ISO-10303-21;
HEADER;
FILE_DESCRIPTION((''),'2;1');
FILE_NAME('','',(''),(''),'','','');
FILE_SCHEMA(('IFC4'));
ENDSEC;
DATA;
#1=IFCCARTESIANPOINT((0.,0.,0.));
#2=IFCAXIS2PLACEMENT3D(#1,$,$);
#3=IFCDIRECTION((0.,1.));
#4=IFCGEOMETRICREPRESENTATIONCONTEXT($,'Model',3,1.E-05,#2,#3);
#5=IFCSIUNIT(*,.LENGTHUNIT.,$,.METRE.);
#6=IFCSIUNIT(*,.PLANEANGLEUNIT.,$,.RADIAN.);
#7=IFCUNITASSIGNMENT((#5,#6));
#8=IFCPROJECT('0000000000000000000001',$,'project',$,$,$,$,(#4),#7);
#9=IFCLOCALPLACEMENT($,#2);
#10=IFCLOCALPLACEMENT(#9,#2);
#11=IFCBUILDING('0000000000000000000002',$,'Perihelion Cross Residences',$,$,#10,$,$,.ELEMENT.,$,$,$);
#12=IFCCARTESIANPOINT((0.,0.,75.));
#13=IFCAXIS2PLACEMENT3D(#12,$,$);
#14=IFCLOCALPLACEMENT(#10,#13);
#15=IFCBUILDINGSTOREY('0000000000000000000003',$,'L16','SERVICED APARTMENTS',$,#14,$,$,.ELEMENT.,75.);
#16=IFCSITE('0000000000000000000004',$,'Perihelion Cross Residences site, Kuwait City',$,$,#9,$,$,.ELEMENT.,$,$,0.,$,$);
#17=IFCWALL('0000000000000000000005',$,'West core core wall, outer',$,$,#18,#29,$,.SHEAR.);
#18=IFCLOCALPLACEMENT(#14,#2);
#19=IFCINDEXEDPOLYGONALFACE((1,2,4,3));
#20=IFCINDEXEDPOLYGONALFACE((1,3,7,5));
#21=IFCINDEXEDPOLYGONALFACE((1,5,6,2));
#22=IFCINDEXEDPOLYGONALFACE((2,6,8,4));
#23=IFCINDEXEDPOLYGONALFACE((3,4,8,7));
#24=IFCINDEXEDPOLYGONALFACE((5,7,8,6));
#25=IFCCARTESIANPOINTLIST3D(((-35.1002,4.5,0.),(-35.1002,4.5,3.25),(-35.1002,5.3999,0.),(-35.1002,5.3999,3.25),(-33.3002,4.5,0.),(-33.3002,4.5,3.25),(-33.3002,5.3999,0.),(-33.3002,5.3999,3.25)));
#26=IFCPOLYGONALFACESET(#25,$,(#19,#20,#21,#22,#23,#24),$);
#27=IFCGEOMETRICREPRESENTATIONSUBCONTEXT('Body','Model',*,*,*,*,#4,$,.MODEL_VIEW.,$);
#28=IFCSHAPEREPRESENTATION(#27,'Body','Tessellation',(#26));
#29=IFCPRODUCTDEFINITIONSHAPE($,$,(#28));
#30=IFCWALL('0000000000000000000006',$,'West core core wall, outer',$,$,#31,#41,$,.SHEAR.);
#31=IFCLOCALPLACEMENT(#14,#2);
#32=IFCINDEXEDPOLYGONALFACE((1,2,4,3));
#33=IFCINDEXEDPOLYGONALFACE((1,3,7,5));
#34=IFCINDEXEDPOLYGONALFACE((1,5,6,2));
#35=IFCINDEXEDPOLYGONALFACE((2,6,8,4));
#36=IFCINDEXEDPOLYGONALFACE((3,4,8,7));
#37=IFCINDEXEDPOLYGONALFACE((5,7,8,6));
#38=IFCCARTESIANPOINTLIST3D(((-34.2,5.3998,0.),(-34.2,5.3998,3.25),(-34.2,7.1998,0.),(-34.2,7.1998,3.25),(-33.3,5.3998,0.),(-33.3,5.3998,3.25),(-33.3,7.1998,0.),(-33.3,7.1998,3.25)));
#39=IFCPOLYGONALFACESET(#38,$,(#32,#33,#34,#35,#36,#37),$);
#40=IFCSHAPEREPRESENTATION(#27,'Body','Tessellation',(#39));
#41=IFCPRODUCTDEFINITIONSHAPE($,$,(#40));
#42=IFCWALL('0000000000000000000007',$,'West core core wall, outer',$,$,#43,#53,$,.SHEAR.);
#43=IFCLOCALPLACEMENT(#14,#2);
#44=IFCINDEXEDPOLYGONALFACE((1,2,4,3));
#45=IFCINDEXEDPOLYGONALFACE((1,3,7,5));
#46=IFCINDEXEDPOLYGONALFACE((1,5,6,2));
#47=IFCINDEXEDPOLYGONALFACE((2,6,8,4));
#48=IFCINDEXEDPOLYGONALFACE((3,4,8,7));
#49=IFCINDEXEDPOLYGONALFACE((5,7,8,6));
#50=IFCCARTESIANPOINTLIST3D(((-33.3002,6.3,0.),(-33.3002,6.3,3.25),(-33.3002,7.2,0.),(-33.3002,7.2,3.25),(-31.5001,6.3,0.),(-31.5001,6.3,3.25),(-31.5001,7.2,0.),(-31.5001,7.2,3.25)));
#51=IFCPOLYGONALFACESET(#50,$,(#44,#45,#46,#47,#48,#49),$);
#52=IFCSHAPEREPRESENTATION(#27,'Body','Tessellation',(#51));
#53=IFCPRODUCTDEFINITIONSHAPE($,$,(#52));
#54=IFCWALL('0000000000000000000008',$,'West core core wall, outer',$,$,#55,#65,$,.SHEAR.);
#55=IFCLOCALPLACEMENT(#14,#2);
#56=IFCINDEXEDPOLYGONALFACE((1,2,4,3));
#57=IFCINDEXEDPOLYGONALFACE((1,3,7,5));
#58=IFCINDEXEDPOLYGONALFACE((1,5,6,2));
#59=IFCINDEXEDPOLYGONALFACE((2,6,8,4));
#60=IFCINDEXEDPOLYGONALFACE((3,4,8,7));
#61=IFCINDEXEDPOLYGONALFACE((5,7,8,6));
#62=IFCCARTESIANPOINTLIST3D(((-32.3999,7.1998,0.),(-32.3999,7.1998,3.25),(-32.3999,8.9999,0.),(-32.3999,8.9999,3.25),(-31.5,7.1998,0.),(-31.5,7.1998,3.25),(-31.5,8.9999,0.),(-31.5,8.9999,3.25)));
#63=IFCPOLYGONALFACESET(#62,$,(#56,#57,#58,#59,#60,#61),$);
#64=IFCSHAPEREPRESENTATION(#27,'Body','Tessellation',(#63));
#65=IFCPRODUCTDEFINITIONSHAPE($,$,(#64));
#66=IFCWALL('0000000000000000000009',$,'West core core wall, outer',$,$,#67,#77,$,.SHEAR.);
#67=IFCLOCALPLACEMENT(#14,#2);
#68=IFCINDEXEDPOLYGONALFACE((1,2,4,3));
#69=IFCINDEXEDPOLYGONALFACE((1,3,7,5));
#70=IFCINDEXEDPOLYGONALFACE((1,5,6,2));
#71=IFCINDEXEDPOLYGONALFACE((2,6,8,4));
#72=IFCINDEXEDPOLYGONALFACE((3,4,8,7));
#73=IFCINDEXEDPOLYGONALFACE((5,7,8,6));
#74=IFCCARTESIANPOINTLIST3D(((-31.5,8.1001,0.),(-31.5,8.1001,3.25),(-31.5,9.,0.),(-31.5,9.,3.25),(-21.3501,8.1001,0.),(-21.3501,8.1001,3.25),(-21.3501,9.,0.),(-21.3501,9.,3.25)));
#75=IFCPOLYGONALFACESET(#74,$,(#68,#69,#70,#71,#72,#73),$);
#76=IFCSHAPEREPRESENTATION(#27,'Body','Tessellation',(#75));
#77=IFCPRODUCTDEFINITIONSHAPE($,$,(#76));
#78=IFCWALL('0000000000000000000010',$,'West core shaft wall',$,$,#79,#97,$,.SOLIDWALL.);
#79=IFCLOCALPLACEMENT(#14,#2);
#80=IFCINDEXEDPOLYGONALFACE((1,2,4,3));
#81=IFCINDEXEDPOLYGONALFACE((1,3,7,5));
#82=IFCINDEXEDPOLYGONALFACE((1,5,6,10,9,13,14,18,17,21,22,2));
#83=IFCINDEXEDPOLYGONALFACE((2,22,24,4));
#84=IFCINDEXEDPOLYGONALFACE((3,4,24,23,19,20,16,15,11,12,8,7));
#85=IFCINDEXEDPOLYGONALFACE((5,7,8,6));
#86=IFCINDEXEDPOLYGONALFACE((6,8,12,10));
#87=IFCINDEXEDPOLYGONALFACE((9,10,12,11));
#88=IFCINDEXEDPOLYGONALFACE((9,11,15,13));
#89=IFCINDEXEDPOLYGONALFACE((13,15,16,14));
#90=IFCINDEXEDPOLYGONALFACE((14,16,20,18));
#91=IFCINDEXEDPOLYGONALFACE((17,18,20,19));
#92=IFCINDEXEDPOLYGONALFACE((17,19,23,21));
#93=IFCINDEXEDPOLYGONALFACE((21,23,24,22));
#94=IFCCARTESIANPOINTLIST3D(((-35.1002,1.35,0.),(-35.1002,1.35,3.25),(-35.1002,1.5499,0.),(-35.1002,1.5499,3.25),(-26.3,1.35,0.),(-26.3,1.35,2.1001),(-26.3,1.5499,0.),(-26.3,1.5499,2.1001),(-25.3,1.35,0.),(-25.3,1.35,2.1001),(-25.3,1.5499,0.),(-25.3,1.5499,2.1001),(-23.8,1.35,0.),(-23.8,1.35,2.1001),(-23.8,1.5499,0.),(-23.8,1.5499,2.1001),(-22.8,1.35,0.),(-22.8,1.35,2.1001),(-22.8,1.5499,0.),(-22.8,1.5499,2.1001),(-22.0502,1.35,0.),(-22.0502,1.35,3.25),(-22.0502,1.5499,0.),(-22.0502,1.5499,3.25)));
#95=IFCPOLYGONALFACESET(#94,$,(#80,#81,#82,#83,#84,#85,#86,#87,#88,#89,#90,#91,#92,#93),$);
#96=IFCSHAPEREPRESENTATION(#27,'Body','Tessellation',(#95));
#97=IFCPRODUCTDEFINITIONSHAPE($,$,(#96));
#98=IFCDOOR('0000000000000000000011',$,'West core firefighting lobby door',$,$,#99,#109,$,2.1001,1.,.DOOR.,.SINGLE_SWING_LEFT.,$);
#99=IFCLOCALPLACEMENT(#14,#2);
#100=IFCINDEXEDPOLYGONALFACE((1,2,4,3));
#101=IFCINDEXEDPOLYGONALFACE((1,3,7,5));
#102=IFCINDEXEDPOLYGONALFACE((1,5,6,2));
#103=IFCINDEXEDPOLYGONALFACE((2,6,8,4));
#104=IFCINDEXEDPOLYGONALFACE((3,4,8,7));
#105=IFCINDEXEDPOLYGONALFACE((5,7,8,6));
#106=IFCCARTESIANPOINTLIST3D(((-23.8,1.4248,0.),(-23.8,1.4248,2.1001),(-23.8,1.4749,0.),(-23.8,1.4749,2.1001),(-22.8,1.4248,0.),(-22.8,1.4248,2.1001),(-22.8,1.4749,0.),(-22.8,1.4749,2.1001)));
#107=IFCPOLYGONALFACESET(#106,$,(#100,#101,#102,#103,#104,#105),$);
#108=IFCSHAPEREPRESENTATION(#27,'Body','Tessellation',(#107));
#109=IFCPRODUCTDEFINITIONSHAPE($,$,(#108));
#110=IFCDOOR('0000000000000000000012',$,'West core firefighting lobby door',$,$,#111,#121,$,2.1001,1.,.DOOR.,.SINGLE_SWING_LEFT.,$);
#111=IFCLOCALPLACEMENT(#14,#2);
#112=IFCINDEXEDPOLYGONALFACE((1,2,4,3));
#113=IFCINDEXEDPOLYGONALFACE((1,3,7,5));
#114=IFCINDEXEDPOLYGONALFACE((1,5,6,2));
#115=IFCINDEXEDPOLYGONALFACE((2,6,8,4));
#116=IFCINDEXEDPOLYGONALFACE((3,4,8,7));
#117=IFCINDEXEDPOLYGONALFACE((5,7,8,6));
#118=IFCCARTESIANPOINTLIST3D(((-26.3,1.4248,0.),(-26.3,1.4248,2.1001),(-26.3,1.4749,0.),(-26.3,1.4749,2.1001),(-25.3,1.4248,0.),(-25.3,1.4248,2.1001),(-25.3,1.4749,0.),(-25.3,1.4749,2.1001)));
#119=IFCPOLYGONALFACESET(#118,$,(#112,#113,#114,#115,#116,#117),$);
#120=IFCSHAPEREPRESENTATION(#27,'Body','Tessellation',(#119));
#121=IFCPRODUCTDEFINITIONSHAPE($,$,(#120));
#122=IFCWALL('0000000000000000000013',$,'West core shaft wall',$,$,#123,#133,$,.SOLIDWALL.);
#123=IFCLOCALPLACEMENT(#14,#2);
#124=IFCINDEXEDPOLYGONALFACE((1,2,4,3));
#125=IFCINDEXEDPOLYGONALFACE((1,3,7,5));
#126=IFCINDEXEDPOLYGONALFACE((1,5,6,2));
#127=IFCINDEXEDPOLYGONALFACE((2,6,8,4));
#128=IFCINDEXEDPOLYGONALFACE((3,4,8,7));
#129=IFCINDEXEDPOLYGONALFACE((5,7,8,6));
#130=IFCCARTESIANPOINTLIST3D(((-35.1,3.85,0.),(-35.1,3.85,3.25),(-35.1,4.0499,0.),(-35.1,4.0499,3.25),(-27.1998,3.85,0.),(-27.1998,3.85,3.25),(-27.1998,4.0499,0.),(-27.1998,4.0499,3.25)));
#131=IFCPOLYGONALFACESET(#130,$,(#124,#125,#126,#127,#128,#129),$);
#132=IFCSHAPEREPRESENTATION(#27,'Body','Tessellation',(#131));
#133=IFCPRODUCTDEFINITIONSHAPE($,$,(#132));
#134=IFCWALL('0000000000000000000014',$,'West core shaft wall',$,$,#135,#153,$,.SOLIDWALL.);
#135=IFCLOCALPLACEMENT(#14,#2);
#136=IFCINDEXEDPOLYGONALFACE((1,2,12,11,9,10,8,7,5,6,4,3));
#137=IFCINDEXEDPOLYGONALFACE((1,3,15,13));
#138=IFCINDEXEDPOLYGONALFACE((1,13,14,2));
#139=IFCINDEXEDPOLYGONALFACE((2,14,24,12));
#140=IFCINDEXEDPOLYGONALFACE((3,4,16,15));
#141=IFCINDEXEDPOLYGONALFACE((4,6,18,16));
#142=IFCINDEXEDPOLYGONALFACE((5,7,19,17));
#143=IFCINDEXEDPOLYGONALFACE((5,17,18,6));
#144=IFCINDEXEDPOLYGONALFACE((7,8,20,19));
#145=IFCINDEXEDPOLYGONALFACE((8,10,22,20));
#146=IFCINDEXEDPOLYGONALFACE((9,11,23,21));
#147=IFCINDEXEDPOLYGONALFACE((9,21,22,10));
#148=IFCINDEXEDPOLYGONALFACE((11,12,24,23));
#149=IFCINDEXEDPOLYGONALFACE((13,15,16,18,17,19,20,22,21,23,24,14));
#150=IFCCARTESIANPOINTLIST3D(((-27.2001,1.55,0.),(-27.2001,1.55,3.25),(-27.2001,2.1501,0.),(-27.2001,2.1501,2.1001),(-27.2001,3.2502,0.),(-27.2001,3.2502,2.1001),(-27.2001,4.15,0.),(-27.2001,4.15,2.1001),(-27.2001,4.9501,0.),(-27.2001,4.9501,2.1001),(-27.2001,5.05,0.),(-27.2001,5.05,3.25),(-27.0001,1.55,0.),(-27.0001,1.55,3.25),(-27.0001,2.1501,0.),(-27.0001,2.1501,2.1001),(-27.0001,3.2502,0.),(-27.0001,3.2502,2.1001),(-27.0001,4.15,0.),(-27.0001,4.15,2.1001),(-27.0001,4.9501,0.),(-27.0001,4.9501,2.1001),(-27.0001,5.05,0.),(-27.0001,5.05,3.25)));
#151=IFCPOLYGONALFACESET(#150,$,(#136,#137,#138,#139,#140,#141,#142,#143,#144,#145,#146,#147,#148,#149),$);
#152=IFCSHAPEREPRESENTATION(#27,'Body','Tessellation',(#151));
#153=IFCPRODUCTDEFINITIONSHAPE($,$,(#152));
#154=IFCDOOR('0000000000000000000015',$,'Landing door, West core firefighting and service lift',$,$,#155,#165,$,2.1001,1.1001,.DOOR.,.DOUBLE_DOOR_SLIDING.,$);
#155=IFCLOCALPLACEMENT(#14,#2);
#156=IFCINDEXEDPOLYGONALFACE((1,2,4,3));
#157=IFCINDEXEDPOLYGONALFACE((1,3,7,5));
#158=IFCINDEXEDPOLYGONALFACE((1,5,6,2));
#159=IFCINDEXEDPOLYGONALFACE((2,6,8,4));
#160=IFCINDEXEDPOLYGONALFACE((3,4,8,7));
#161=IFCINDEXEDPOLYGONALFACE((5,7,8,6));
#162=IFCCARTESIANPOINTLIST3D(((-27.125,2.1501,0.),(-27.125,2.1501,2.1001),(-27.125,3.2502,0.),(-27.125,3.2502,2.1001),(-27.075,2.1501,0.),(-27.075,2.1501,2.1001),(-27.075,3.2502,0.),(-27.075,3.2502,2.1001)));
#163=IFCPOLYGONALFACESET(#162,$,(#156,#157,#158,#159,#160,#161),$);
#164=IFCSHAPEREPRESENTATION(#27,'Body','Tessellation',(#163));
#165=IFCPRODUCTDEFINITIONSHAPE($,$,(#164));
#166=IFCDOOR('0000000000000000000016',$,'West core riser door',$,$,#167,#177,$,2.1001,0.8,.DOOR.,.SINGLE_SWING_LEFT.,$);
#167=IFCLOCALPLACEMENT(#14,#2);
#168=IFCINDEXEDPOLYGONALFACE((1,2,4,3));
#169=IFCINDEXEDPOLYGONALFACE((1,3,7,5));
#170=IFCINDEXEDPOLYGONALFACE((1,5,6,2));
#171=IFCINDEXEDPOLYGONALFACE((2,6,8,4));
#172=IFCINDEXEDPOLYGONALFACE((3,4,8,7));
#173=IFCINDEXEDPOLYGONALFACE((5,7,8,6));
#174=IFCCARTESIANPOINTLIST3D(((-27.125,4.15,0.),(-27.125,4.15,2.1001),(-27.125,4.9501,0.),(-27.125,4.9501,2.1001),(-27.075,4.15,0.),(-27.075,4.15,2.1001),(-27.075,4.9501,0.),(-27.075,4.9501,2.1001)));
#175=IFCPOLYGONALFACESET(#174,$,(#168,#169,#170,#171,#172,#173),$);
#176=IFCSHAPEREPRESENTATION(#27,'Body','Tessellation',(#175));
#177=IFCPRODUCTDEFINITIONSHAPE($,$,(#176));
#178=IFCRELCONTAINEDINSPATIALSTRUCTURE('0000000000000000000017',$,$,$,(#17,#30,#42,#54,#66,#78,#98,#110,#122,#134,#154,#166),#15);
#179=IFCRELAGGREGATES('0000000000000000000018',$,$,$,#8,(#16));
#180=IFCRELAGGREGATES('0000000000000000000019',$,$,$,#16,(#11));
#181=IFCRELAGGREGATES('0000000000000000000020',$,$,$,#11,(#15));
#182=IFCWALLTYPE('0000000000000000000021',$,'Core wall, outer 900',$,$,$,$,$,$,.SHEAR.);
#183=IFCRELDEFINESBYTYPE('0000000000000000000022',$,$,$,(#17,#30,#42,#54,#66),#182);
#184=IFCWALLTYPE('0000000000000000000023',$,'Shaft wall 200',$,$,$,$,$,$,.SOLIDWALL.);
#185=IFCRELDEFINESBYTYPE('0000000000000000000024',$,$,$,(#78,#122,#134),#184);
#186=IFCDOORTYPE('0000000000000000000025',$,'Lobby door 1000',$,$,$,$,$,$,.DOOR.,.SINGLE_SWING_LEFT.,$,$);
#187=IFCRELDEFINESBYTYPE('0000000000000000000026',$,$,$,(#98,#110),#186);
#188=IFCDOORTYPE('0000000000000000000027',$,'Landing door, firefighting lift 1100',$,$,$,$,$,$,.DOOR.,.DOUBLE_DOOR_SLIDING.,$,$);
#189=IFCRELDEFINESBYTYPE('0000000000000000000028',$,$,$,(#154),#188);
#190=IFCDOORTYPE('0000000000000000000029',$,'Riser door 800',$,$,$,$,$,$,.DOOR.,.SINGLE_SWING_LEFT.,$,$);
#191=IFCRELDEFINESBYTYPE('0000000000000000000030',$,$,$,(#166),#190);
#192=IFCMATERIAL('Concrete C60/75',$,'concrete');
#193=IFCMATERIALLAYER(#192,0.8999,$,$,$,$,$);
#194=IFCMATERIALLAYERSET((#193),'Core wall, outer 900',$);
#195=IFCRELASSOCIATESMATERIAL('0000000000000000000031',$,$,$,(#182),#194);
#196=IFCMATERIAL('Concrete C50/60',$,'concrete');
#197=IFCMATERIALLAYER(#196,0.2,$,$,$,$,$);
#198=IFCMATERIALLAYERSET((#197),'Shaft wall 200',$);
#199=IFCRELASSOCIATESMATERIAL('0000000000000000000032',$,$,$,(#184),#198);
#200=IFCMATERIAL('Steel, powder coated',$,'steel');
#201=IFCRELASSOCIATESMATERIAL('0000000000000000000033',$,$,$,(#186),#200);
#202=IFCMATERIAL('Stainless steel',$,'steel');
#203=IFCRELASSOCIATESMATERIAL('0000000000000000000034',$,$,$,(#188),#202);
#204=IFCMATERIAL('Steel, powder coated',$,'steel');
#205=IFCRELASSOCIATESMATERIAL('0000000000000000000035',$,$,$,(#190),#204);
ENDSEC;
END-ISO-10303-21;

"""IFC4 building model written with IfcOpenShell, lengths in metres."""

from ifc_helpers import new_model, si_unit, direction, frame, frame_2d, origin, place, context, subcontext, project, spatial, rectangle, extrude, material, layer, layer_set, type_object, element, fill, save


model = new_model("IFC4")

# Units and contexts
model_context = context("Model", 3, precision=1e-05, world=origin(), true_north=direction((0.0, 1.0)))
body_context = subcontext(model_context, "Body", "Model", "MODEL_VIEW")
ifc_project = project(units=[si_unit("LENGTHUNIT", "METRE"), si_unit("PLANEANGLEUNIT", "RADIAN")], contexts=[model_context])

# Site, building, storey
site_placement = place(None, origin())
site = spatial("IfcSite", under=ifc_project, at=site_placement, Name="Perihelion Cross Residences site, Kuwait City", CompositionType="ELEMENT", RefElevation=0.0)
building_placement = place(site_placement, origin())
building = spatial("IfcBuilding", under=site, at=building_placement, Name="Perihelion Cross Residences", CompositionType="ELEMENT")
storey_placement = place(building_placement, frame((0.0, 0.0, 75.0)))
storey = spatial("IfcBuildingStorey", under=building, at=storey_placement, Name="L16", Description="SERVICED APARTMENTS", CompositionType="ELEMENT", Elevation=75.0)

# Walls
ifc_material_1 = material(Name="Concrete C60/75", Category="concrete")
ifc_layer_1 = layer(ifc_material_1, 0.8999)
ifc_layer_set_1 = layer_set([ifc_layer_1], Name="Core wall, outer 900")
wall_type_1 = type_object("IfcWallType", Name="Core wall, outer 900", PredefinedType="SHEAR", material=ifc_layer_set_1)
for number, where, z_axis, x_axis, name in (
    (1, (-35.1001, 4.95, 0.0), (0.0, 0.0, 1.0), (1.0, 0.0, 0.0), "West core core wall, outer"),
    (2, (-33.75, 5.3999, 0.0), (0.0, 0.0, 1.0), (0.0, 1.0, 0.0), "West core core wall, outer"),
    (3, (-33.3, 6.75, 0.0), (0.0, 0.0, 1.0), (1.0, 0.0, 0.0), "West core core wall, outer"),
    (4, (-31.95, 7.2, 0.0), (0.0, 0.0, 1.0), (0.0, 1.0, 0.0), "West core core wall, outer"),
):
    element("IfcWall", number, at=place(storey_placement, frame(where, z_axis=z_axis, x_axis=x_axis)), inside=storey, type_object=wall_type_1, Name=name, PredefinedType="SHEAR", context=body_context, shape_type="SweptSolid", body=[
        extrude(rectangle(XDim=1.8, YDim=0.8999, at=frame_2d((0.8999, 0.0))), origin(), (0.0, 0.0, 1.0), 3.25),
    ])
wall_1_placement = place(storey_placement, frame((-31.5, 8.55, 0.0), z_axis=(0.0, 0.0, 1.0), x_axis=(1.0, 0.0, 0.0)))
element("IfcWall", 5, at=wall_1_placement, inside=storey, type_object=wall_type_1, Name="West core core wall, outer", PredefinedType="SHEAR", context=body_context, shape_type="SweptSolid", body=[
    extrude(rectangle(XDim=10.1499, YDim=0.8999, at=frame_2d((5.075, 0.0))), origin(), (0.0, 0.0, 1.0), 3.25),
])

# Wall, openings, doors
ifc_material_2 = material(Name="Concrete C50/60", Category="concrete")
ifc_layer_2 = layer(ifc_material_2, 0.2)
ifc_layer_set_2 = layer_set([ifc_layer_2], Name="Shaft wall 200")
wall_type_2 = type_object("IfcWallType", Name="Shaft wall 200", PredefinedType="SOLIDWALL", material=ifc_layer_set_2)
wall_2_placement = place(storey_placement, frame((-35.1001, 1.45, 0.0), z_axis=(0.0, 0.0, 1.0), x_axis=(1.0, 0.0, 0.0)))
wall_2 = element("IfcWall", 6, at=wall_2_placement, inside=storey, type_object=wall_type_2, Name="West core shaft wall", PredefinedType="SOLIDWALL", context=body_context, shape_type="SweptSolid", body=[
    extrude(rectangle(XDim=13.05, YDim=0.2, at=frame_2d((6.5249, 0.0))), origin(), (0.0, 0.0, 1.0), 3.25),
])
opening_1_placement = place(wall_2_placement, frame((11.3, 0.0, 0.0)))
opening_1 = element("IfcOpeningElement", 7, at=opening_1_placement, cuts=wall_2, PredefinedType="OPENING", context=body_context, shape_type="SweptSolid", body=[
    extrude(rectangle(XDim=1.0, YDim=2.1001, at=frame_2d((0.5, 1.05))), frame((0.0, 0.1099, 0.0), z_axis=(0.0, -1.0, 0.0), x_axis=(1.0, 0.0, 0.0)), (0.0, 0.0, 1.0), 0.22),
])
opening_2_placement = place(wall_2_placement, frame((8.8, 0.0, 0.0)))
opening_2 = element("IfcOpeningElement", 8, at=opening_2_placement, cuts=wall_2, PredefinedType="OPENING", context=body_context, shape_type="SweptSolid", body=[
    extrude(rectangle(XDim=1.0, YDim=2.1001, at=frame_2d((0.5, 1.05))), frame((0.0, 0.1099, 0.0), z_axis=(0.0, -1.0, 0.0), x_axis=(1.0, 0.0, 0.0)), (0.0, 0.0, 1.0), 0.22),
])
ifc_material_3 = material(Name="Steel, powder coated", Category="steel")
door_type_1 = type_object("IfcDoorType", Name="Lobby door 1000", OperationType="SINGLE_SWING_LEFT", PredefinedType="DOOR", material=ifc_material_3)
door_1_placement = place(opening_1_placement, origin())
door_1 = element("IfcDoor", 9, at=door_1_placement, inside=storey, type_object=door_type_1, Name="West core firefighting lobby door", OperationType="SINGLE_SWING_LEFT", OverallHeight=2.1001, OverallWidth=1.0, PredefinedType="DOOR", context=body_context, shape_type="SweptSolid", body=[
    extrude(rectangle(XDim=1.0, YDim=2.1001, at=frame_2d((0.5, 1.05))), frame((0.0, 0.0249, 0.0), z_axis=(0.0, -1.0, 0.0), x_axis=(1.0, 0.0, 0.0)), (0.0, 0.0, 1.0), 0.05),
])
fill(opening_1, door_1)
door_2_placement = place(opening_2_placement, origin())
door_2 = element("IfcDoor", 10, at=door_2_placement, inside=storey, type_object=door_type_1, Name="West core firefighting lobby door", OperationType="SINGLE_SWING_LEFT", OverallHeight=2.1001, OverallWidth=1.0, PredefinedType="DOOR", context=body_context, shape_type="SweptSolid", body=[
    extrude(rectangle(XDim=1.0, YDim=2.1001, at=frame_2d((0.5, 1.05))), frame((0.0, 0.0249, 0.0), z_axis=(0.0, -1.0, 0.0), x_axis=(1.0, 0.0, 0.0)), (0.0, 0.0, 1.0), 0.05),
])
fill(opening_2, door_2)

# Wall
wall_3_placement = place(storey_placement, frame((-35.1001, 3.95, 0.0), z_axis=(0.0, 0.0, 1.0), x_axis=(1.0, 0.0, 0.0)))
element("IfcWall", 11, at=wall_3_placement, inside=storey, type_object=wall_type_2, Name="West core shaft wall", PredefinedType="SOLIDWALL", context=body_context, shape_type="SweptSolid", body=[
    extrude(rectangle(XDim=7.9001, YDim=0.2, at=frame_2d((3.9502, 0.0))), origin(), (0.0, 0.0, 1.0), 3.25),
])

# Wall, openings, doors
wall_4_placement = place(storey_placement, frame((-27.1001, 1.55, 0.0), z_axis=(0.0, 0.0, 1.0), x_axis=(0.0, 1.0, 0.0)))
wall_4 = element("IfcWall", 12, at=wall_4_placement, inside=storey, type_object=wall_type_2, Name="West core shaft wall", PredefinedType="SOLIDWALL", context=body_context, shape_type="SweptSolid", body=[
    extrude(rectangle(XDim=3.5, YDim=0.2, at=frame_2d((1.75, 0.0))), origin(), (0.0, 0.0, 1.0), 3.25),
])
opening_3_placement = place(wall_4_placement, frame((0.6001, 0.0, 0.0)))
opening_3 = element("IfcOpeningElement", 13, at=opening_3_placement, cuts=wall_4, PredefinedType="OPENING", context=body_context, shape_type="SweptSolid", body=[
    extrude(rectangle(XDim=1.1001, YDim=2.1001, at=frame_2d((0.55, 1.05))), frame((0.0, 0.1099, 0.0), z_axis=(0.0, -1.0, 0.0), x_axis=(1.0, 0.0, 0.0)), (0.0, 0.0, 1.0), 0.22),
])
opening_4_placement = place(wall_4_placement, frame((2.6001, 0.0, 0.0)))
opening_4 = element("IfcOpeningElement", 14, at=opening_4_placement, cuts=wall_4, PredefinedType="OPENING", context=body_context, shape_type="SweptSolid", body=[
    extrude(rectangle(XDim=0.8, YDim=2.1001, at=frame_2d((0.3999, 1.05))), frame((0.0, 0.1099, 0.0), z_axis=(0.0, -1.0, 0.0), x_axis=(1.0, 0.0, 0.0)), (0.0, 0.0, 1.0), 0.22),
])
ifc_material_4 = material(Name="Stainless steel", Category="steel")
door_type_2 = type_object("IfcDoorType", Name="Landing door, firefighting lift 1100", OperationType="DOUBLE_DOOR_SLIDING", PredefinedType="DOOR", material=ifc_material_4)
door_3_placement = place(opening_3_placement, origin())
door_3 = element("IfcDoor", 15, at=door_3_placement, inside=storey, type_object=door_type_2, Name="Landing door, West core firefighting and service lift", OperationType="DOUBLE_DOOR_SLIDING", OverallHeight=2.1001, OverallWidth=1.1001, PredefinedType="DOOR", context=body_context, shape_type="SweptSolid", body=[
    extrude(rectangle(XDim=1.1001, YDim=2.1001, at=frame_2d((0.55, 1.05))), frame((0.0, 0.0249, 0.0), z_axis=(0.0, -1.0, 0.0), x_axis=(1.0, 0.0, 0.0)), (0.0, 0.0, 1.0), 0.05),
])
fill(opening_3, door_3)
ifc_material_5 = material(Name="Steel, powder coated", Category="steel")
door_type_3 = type_object("IfcDoorType", Name="Riser door 800", OperationType="SINGLE_SWING_LEFT", PredefinedType="DOOR", material=ifc_material_5)
door_4_placement = place(opening_4_placement, origin())
door_4 = element("IfcDoor", 16, at=door_4_placement, inside=storey, type_object=door_type_3, Name="West core riser door", OperationType="SINGLE_SWING_LEFT", OverallHeight=2.1001, OverallWidth=0.8, PredefinedType="DOOR", context=body_context, shape_type="SweptSolid", body=[
    extrude(rectangle(XDim=0.8, YDim=2.1001, at=frame_2d((0.3999, 1.05))), frame((0.0, 0.0249, 0.0), z_axis=(0.0, -1.0, 0.0), x_axis=(1.0, 0.0, 0.0)), (0.0, 0.0, 1.0), 0.05),
])
fill(opening_4, door_4)

save(model, "model.ifc")
